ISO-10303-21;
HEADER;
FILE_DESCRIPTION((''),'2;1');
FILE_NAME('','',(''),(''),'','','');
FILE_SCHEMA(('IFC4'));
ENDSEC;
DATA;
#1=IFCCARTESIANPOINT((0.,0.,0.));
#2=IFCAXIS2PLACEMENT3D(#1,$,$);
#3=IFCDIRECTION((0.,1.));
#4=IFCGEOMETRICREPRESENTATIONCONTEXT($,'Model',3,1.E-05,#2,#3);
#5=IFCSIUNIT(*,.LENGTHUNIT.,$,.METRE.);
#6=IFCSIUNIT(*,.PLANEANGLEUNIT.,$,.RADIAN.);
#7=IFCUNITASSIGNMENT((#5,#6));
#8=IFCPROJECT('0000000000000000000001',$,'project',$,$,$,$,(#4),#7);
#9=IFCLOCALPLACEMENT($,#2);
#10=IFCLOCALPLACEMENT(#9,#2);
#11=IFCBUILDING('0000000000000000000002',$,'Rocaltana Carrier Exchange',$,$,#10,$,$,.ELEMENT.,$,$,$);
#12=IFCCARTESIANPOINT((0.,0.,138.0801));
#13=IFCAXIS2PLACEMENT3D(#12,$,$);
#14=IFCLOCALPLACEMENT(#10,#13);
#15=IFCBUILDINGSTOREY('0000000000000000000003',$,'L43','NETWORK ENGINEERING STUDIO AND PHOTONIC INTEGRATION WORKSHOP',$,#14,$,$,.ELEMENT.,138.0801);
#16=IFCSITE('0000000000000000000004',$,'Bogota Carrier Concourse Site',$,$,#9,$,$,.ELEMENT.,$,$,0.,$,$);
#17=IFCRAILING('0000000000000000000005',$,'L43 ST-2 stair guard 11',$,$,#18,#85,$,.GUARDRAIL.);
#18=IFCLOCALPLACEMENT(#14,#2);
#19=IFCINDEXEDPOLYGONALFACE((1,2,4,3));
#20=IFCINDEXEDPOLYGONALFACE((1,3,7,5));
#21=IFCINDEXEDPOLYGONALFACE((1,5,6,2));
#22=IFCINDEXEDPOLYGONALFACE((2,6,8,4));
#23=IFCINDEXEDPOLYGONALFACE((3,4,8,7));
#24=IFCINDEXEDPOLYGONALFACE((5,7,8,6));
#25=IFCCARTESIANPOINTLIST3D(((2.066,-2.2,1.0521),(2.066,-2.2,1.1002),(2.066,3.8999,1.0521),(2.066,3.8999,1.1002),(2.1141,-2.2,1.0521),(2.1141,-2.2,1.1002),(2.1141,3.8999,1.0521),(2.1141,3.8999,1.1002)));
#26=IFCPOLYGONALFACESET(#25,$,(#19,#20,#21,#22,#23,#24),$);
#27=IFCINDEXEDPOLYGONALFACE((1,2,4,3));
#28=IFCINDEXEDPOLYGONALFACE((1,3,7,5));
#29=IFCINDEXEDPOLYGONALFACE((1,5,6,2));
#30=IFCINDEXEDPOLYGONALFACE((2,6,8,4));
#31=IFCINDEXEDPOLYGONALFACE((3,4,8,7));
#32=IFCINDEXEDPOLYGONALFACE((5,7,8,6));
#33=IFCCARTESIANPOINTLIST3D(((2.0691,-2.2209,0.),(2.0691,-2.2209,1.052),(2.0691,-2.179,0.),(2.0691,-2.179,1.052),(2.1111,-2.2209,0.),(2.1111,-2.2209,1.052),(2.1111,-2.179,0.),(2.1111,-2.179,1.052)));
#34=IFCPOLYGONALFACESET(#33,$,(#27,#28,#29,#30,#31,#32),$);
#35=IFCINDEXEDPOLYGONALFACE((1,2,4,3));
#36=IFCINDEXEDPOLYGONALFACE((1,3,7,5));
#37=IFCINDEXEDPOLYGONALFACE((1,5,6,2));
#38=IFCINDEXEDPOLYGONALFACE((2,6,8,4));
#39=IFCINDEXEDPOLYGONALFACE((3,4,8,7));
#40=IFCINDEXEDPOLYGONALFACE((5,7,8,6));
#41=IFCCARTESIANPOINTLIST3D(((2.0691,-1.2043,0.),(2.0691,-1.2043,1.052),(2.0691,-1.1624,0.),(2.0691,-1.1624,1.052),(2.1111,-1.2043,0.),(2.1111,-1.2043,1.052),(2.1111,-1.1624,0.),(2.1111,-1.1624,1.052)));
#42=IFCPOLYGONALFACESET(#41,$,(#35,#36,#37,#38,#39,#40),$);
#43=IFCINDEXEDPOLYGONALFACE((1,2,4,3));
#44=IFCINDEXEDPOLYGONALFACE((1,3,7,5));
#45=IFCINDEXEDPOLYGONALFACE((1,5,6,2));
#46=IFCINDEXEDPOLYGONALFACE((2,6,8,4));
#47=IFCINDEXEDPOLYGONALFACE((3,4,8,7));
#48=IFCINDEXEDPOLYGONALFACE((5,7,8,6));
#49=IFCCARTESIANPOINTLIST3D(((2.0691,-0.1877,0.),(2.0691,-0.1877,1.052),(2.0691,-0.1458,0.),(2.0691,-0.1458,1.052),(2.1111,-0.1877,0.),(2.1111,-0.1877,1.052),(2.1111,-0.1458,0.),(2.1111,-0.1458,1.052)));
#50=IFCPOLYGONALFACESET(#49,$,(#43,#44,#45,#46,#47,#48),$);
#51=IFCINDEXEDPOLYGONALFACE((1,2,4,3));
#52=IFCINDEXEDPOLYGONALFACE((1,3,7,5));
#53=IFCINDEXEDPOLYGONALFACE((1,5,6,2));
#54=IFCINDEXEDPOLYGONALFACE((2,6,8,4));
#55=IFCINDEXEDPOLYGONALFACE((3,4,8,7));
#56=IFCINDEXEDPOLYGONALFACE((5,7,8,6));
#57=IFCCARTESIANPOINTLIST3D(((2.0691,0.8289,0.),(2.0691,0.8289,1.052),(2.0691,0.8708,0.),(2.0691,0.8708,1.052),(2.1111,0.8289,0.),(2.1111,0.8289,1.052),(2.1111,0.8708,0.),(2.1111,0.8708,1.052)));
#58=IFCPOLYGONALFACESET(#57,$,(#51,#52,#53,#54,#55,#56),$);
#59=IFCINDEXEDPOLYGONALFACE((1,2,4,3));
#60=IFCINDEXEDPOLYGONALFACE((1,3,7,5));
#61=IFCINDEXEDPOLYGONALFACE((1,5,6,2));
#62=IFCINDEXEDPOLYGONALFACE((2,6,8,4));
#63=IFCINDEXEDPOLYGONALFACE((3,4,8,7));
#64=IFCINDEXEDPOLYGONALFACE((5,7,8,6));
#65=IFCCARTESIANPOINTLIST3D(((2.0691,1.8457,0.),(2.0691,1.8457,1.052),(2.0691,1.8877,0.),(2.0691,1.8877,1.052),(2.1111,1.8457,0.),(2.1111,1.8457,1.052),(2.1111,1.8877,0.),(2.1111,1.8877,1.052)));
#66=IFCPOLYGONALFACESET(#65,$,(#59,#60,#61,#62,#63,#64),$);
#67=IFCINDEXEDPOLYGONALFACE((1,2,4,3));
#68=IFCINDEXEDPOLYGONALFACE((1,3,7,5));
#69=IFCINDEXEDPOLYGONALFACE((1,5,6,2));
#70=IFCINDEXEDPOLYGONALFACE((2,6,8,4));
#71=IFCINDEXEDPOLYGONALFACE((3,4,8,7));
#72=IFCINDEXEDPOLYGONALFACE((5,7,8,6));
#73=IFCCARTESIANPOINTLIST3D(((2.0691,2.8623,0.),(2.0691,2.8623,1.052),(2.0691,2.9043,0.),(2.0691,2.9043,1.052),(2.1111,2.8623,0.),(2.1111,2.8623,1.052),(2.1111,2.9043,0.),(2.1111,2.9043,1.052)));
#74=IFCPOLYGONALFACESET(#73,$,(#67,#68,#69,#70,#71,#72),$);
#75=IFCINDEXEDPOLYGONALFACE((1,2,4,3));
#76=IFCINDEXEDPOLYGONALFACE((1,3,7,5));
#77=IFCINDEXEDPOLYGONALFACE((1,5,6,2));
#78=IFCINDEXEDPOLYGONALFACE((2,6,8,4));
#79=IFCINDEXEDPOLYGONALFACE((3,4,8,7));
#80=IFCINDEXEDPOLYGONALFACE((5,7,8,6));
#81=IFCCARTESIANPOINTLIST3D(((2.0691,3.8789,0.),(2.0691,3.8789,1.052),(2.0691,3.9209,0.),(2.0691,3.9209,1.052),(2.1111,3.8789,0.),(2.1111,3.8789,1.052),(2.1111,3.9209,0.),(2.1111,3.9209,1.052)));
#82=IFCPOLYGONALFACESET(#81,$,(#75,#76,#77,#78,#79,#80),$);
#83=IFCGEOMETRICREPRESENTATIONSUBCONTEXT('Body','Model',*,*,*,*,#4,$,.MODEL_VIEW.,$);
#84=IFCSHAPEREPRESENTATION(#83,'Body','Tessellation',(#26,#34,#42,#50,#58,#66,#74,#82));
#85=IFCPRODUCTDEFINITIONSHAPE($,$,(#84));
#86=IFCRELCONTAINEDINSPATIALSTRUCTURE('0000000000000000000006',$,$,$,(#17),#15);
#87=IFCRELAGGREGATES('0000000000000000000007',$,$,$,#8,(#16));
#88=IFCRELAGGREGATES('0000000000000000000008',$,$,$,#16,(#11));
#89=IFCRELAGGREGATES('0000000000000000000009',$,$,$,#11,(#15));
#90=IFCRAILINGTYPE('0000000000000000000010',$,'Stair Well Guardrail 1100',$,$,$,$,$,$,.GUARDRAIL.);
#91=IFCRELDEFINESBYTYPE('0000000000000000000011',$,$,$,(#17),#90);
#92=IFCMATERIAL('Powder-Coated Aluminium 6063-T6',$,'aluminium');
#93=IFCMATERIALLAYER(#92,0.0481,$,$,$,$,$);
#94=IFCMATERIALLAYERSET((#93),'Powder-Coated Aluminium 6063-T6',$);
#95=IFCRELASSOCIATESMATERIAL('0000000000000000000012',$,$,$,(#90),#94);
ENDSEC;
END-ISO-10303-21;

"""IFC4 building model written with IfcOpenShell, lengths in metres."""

from ifc_helpers import new_model, si_unit, direction, frame, origin, origin_2d, place, context, subcontext, project, spatial, rectangle, extrude, material, layer, layer_set, type_object, element, save


model = new_model("IFC4")

# Units and contexts
model_context = context("Model", 3, precision=1e-05, world=origin(), true_north=direction((0.0, 1.0)))
body_context = subcontext(model_context, "Body", "Model", "MODEL_VIEW")
ifc_project = project(units=[si_unit("LENGTHUNIT", "METRE"), si_unit("PLANEANGLEUNIT", "RADIAN")], contexts=[model_context])

# Site, building, storey
site_placement = place(None, origin())
site = spatial("IfcSite", under=ifc_project, at=site_placement, Name="Bogota Carrier Concourse Site", CompositionType="ELEMENT", RefElevation=0.0)
building_placement = place(site_placement, origin())
building = spatial("IfcBuilding", under=site, at=building_placement, Name="Rocaltana Carrier Exchange", CompositionType="ELEMENT")
storey_placement = place(building_placement, frame((0.0, 0.0, 138.0801)))
storey = spatial("IfcBuildingStorey", under=building, at=storey_placement, Name="L43", Description="NETWORK ENGINEERING STUDIO AND PHOTONIC INTEGRATION WORKSHOP", CompositionType="ELEMENT", Elevation=138.0801)

# Railing
ifc_material_1 = material(Name="Powder-Coated Aluminium 6063-T6", Category="aluminium")
ifc_layer_1 = layer(ifc_material_1, 0.0481)
ifc_layer_set_1 = layer_set([ifc_layer_1], Name="Powder-Coated Aluminium 6063-T6")
railing_type_1 = type_object("IfcRailingType", Name="Stair Well Guardrail 1100", PredefinedType="GUARDRAIL", material=ifc_layer_set_1)
for number, where, name in (
    (1, (2.0901, -2.2, 0.0), "L43 ST-2 stair guard 11"),
):
    element("IfcRailing", number, at=place(storey_placement, frame(where)), inside=storey, type_object=railing_type_1, Name=name, PredefinedType="GUARDRAIL", context=body_context, shape_type="SweptSolid", body=[
        extrude(rectangle(XDim=0.0481, YDim=0.0481, at=origin_2d()), frame((0.0, 0.0, 1.0762), z_axis=(0.0, 1.0, 0.0), x_axis=(-1.0, 0.0, 0.0)), (0.0, 0.0, 1.0), 6.0999),
        extrude(rectangle(XDim=0.042, YDim=0.042, at=origin_2d()), origin(), (0.0, 0.0, 1.0), 1.052),
        extrude(rectangle(XDim=0.042, YDim=0.042, at=origin_2d()), frame((0.0, 1.0166, 0.0)), (0.0, 0.0, 1.0), 1.052),
        extrude(rectangle(XDim=0.042, YDim=0.042, at=origin_2d()), frame((0.0, 2.0332, 0.0)), (0.0, 0.0, 1.0), 1.052),
        extrude(rectangle(XDim=0.042, YDim=0.042, at=origin_2d()), frame((0.0, 3.0498, 0.0)), (0.0, 0.0, 1.0), 1.052),
        extrude(rectangle(XDim=0.042, YDim=0.042, at=origin_2d()), frame((0.0, 4.0667, 0.0)), (0.0, 0.0, 1.0), 1.052),
        extrude(rectangle(XDim=0.042, YDim=0.042, at=origin_2d()), frame((0.0, 5.0833, 0.0)), (0.0, 0.0, 1.0), 1.052),
        extrude(rectangle(XDim=0.042, YDim=0.042, at=origin_2d()), frame((0.0, 6.0999, 0.0)), (0.0, 0.0, 1.0), 1.052),
    ])

save(model, "model.ifc")
